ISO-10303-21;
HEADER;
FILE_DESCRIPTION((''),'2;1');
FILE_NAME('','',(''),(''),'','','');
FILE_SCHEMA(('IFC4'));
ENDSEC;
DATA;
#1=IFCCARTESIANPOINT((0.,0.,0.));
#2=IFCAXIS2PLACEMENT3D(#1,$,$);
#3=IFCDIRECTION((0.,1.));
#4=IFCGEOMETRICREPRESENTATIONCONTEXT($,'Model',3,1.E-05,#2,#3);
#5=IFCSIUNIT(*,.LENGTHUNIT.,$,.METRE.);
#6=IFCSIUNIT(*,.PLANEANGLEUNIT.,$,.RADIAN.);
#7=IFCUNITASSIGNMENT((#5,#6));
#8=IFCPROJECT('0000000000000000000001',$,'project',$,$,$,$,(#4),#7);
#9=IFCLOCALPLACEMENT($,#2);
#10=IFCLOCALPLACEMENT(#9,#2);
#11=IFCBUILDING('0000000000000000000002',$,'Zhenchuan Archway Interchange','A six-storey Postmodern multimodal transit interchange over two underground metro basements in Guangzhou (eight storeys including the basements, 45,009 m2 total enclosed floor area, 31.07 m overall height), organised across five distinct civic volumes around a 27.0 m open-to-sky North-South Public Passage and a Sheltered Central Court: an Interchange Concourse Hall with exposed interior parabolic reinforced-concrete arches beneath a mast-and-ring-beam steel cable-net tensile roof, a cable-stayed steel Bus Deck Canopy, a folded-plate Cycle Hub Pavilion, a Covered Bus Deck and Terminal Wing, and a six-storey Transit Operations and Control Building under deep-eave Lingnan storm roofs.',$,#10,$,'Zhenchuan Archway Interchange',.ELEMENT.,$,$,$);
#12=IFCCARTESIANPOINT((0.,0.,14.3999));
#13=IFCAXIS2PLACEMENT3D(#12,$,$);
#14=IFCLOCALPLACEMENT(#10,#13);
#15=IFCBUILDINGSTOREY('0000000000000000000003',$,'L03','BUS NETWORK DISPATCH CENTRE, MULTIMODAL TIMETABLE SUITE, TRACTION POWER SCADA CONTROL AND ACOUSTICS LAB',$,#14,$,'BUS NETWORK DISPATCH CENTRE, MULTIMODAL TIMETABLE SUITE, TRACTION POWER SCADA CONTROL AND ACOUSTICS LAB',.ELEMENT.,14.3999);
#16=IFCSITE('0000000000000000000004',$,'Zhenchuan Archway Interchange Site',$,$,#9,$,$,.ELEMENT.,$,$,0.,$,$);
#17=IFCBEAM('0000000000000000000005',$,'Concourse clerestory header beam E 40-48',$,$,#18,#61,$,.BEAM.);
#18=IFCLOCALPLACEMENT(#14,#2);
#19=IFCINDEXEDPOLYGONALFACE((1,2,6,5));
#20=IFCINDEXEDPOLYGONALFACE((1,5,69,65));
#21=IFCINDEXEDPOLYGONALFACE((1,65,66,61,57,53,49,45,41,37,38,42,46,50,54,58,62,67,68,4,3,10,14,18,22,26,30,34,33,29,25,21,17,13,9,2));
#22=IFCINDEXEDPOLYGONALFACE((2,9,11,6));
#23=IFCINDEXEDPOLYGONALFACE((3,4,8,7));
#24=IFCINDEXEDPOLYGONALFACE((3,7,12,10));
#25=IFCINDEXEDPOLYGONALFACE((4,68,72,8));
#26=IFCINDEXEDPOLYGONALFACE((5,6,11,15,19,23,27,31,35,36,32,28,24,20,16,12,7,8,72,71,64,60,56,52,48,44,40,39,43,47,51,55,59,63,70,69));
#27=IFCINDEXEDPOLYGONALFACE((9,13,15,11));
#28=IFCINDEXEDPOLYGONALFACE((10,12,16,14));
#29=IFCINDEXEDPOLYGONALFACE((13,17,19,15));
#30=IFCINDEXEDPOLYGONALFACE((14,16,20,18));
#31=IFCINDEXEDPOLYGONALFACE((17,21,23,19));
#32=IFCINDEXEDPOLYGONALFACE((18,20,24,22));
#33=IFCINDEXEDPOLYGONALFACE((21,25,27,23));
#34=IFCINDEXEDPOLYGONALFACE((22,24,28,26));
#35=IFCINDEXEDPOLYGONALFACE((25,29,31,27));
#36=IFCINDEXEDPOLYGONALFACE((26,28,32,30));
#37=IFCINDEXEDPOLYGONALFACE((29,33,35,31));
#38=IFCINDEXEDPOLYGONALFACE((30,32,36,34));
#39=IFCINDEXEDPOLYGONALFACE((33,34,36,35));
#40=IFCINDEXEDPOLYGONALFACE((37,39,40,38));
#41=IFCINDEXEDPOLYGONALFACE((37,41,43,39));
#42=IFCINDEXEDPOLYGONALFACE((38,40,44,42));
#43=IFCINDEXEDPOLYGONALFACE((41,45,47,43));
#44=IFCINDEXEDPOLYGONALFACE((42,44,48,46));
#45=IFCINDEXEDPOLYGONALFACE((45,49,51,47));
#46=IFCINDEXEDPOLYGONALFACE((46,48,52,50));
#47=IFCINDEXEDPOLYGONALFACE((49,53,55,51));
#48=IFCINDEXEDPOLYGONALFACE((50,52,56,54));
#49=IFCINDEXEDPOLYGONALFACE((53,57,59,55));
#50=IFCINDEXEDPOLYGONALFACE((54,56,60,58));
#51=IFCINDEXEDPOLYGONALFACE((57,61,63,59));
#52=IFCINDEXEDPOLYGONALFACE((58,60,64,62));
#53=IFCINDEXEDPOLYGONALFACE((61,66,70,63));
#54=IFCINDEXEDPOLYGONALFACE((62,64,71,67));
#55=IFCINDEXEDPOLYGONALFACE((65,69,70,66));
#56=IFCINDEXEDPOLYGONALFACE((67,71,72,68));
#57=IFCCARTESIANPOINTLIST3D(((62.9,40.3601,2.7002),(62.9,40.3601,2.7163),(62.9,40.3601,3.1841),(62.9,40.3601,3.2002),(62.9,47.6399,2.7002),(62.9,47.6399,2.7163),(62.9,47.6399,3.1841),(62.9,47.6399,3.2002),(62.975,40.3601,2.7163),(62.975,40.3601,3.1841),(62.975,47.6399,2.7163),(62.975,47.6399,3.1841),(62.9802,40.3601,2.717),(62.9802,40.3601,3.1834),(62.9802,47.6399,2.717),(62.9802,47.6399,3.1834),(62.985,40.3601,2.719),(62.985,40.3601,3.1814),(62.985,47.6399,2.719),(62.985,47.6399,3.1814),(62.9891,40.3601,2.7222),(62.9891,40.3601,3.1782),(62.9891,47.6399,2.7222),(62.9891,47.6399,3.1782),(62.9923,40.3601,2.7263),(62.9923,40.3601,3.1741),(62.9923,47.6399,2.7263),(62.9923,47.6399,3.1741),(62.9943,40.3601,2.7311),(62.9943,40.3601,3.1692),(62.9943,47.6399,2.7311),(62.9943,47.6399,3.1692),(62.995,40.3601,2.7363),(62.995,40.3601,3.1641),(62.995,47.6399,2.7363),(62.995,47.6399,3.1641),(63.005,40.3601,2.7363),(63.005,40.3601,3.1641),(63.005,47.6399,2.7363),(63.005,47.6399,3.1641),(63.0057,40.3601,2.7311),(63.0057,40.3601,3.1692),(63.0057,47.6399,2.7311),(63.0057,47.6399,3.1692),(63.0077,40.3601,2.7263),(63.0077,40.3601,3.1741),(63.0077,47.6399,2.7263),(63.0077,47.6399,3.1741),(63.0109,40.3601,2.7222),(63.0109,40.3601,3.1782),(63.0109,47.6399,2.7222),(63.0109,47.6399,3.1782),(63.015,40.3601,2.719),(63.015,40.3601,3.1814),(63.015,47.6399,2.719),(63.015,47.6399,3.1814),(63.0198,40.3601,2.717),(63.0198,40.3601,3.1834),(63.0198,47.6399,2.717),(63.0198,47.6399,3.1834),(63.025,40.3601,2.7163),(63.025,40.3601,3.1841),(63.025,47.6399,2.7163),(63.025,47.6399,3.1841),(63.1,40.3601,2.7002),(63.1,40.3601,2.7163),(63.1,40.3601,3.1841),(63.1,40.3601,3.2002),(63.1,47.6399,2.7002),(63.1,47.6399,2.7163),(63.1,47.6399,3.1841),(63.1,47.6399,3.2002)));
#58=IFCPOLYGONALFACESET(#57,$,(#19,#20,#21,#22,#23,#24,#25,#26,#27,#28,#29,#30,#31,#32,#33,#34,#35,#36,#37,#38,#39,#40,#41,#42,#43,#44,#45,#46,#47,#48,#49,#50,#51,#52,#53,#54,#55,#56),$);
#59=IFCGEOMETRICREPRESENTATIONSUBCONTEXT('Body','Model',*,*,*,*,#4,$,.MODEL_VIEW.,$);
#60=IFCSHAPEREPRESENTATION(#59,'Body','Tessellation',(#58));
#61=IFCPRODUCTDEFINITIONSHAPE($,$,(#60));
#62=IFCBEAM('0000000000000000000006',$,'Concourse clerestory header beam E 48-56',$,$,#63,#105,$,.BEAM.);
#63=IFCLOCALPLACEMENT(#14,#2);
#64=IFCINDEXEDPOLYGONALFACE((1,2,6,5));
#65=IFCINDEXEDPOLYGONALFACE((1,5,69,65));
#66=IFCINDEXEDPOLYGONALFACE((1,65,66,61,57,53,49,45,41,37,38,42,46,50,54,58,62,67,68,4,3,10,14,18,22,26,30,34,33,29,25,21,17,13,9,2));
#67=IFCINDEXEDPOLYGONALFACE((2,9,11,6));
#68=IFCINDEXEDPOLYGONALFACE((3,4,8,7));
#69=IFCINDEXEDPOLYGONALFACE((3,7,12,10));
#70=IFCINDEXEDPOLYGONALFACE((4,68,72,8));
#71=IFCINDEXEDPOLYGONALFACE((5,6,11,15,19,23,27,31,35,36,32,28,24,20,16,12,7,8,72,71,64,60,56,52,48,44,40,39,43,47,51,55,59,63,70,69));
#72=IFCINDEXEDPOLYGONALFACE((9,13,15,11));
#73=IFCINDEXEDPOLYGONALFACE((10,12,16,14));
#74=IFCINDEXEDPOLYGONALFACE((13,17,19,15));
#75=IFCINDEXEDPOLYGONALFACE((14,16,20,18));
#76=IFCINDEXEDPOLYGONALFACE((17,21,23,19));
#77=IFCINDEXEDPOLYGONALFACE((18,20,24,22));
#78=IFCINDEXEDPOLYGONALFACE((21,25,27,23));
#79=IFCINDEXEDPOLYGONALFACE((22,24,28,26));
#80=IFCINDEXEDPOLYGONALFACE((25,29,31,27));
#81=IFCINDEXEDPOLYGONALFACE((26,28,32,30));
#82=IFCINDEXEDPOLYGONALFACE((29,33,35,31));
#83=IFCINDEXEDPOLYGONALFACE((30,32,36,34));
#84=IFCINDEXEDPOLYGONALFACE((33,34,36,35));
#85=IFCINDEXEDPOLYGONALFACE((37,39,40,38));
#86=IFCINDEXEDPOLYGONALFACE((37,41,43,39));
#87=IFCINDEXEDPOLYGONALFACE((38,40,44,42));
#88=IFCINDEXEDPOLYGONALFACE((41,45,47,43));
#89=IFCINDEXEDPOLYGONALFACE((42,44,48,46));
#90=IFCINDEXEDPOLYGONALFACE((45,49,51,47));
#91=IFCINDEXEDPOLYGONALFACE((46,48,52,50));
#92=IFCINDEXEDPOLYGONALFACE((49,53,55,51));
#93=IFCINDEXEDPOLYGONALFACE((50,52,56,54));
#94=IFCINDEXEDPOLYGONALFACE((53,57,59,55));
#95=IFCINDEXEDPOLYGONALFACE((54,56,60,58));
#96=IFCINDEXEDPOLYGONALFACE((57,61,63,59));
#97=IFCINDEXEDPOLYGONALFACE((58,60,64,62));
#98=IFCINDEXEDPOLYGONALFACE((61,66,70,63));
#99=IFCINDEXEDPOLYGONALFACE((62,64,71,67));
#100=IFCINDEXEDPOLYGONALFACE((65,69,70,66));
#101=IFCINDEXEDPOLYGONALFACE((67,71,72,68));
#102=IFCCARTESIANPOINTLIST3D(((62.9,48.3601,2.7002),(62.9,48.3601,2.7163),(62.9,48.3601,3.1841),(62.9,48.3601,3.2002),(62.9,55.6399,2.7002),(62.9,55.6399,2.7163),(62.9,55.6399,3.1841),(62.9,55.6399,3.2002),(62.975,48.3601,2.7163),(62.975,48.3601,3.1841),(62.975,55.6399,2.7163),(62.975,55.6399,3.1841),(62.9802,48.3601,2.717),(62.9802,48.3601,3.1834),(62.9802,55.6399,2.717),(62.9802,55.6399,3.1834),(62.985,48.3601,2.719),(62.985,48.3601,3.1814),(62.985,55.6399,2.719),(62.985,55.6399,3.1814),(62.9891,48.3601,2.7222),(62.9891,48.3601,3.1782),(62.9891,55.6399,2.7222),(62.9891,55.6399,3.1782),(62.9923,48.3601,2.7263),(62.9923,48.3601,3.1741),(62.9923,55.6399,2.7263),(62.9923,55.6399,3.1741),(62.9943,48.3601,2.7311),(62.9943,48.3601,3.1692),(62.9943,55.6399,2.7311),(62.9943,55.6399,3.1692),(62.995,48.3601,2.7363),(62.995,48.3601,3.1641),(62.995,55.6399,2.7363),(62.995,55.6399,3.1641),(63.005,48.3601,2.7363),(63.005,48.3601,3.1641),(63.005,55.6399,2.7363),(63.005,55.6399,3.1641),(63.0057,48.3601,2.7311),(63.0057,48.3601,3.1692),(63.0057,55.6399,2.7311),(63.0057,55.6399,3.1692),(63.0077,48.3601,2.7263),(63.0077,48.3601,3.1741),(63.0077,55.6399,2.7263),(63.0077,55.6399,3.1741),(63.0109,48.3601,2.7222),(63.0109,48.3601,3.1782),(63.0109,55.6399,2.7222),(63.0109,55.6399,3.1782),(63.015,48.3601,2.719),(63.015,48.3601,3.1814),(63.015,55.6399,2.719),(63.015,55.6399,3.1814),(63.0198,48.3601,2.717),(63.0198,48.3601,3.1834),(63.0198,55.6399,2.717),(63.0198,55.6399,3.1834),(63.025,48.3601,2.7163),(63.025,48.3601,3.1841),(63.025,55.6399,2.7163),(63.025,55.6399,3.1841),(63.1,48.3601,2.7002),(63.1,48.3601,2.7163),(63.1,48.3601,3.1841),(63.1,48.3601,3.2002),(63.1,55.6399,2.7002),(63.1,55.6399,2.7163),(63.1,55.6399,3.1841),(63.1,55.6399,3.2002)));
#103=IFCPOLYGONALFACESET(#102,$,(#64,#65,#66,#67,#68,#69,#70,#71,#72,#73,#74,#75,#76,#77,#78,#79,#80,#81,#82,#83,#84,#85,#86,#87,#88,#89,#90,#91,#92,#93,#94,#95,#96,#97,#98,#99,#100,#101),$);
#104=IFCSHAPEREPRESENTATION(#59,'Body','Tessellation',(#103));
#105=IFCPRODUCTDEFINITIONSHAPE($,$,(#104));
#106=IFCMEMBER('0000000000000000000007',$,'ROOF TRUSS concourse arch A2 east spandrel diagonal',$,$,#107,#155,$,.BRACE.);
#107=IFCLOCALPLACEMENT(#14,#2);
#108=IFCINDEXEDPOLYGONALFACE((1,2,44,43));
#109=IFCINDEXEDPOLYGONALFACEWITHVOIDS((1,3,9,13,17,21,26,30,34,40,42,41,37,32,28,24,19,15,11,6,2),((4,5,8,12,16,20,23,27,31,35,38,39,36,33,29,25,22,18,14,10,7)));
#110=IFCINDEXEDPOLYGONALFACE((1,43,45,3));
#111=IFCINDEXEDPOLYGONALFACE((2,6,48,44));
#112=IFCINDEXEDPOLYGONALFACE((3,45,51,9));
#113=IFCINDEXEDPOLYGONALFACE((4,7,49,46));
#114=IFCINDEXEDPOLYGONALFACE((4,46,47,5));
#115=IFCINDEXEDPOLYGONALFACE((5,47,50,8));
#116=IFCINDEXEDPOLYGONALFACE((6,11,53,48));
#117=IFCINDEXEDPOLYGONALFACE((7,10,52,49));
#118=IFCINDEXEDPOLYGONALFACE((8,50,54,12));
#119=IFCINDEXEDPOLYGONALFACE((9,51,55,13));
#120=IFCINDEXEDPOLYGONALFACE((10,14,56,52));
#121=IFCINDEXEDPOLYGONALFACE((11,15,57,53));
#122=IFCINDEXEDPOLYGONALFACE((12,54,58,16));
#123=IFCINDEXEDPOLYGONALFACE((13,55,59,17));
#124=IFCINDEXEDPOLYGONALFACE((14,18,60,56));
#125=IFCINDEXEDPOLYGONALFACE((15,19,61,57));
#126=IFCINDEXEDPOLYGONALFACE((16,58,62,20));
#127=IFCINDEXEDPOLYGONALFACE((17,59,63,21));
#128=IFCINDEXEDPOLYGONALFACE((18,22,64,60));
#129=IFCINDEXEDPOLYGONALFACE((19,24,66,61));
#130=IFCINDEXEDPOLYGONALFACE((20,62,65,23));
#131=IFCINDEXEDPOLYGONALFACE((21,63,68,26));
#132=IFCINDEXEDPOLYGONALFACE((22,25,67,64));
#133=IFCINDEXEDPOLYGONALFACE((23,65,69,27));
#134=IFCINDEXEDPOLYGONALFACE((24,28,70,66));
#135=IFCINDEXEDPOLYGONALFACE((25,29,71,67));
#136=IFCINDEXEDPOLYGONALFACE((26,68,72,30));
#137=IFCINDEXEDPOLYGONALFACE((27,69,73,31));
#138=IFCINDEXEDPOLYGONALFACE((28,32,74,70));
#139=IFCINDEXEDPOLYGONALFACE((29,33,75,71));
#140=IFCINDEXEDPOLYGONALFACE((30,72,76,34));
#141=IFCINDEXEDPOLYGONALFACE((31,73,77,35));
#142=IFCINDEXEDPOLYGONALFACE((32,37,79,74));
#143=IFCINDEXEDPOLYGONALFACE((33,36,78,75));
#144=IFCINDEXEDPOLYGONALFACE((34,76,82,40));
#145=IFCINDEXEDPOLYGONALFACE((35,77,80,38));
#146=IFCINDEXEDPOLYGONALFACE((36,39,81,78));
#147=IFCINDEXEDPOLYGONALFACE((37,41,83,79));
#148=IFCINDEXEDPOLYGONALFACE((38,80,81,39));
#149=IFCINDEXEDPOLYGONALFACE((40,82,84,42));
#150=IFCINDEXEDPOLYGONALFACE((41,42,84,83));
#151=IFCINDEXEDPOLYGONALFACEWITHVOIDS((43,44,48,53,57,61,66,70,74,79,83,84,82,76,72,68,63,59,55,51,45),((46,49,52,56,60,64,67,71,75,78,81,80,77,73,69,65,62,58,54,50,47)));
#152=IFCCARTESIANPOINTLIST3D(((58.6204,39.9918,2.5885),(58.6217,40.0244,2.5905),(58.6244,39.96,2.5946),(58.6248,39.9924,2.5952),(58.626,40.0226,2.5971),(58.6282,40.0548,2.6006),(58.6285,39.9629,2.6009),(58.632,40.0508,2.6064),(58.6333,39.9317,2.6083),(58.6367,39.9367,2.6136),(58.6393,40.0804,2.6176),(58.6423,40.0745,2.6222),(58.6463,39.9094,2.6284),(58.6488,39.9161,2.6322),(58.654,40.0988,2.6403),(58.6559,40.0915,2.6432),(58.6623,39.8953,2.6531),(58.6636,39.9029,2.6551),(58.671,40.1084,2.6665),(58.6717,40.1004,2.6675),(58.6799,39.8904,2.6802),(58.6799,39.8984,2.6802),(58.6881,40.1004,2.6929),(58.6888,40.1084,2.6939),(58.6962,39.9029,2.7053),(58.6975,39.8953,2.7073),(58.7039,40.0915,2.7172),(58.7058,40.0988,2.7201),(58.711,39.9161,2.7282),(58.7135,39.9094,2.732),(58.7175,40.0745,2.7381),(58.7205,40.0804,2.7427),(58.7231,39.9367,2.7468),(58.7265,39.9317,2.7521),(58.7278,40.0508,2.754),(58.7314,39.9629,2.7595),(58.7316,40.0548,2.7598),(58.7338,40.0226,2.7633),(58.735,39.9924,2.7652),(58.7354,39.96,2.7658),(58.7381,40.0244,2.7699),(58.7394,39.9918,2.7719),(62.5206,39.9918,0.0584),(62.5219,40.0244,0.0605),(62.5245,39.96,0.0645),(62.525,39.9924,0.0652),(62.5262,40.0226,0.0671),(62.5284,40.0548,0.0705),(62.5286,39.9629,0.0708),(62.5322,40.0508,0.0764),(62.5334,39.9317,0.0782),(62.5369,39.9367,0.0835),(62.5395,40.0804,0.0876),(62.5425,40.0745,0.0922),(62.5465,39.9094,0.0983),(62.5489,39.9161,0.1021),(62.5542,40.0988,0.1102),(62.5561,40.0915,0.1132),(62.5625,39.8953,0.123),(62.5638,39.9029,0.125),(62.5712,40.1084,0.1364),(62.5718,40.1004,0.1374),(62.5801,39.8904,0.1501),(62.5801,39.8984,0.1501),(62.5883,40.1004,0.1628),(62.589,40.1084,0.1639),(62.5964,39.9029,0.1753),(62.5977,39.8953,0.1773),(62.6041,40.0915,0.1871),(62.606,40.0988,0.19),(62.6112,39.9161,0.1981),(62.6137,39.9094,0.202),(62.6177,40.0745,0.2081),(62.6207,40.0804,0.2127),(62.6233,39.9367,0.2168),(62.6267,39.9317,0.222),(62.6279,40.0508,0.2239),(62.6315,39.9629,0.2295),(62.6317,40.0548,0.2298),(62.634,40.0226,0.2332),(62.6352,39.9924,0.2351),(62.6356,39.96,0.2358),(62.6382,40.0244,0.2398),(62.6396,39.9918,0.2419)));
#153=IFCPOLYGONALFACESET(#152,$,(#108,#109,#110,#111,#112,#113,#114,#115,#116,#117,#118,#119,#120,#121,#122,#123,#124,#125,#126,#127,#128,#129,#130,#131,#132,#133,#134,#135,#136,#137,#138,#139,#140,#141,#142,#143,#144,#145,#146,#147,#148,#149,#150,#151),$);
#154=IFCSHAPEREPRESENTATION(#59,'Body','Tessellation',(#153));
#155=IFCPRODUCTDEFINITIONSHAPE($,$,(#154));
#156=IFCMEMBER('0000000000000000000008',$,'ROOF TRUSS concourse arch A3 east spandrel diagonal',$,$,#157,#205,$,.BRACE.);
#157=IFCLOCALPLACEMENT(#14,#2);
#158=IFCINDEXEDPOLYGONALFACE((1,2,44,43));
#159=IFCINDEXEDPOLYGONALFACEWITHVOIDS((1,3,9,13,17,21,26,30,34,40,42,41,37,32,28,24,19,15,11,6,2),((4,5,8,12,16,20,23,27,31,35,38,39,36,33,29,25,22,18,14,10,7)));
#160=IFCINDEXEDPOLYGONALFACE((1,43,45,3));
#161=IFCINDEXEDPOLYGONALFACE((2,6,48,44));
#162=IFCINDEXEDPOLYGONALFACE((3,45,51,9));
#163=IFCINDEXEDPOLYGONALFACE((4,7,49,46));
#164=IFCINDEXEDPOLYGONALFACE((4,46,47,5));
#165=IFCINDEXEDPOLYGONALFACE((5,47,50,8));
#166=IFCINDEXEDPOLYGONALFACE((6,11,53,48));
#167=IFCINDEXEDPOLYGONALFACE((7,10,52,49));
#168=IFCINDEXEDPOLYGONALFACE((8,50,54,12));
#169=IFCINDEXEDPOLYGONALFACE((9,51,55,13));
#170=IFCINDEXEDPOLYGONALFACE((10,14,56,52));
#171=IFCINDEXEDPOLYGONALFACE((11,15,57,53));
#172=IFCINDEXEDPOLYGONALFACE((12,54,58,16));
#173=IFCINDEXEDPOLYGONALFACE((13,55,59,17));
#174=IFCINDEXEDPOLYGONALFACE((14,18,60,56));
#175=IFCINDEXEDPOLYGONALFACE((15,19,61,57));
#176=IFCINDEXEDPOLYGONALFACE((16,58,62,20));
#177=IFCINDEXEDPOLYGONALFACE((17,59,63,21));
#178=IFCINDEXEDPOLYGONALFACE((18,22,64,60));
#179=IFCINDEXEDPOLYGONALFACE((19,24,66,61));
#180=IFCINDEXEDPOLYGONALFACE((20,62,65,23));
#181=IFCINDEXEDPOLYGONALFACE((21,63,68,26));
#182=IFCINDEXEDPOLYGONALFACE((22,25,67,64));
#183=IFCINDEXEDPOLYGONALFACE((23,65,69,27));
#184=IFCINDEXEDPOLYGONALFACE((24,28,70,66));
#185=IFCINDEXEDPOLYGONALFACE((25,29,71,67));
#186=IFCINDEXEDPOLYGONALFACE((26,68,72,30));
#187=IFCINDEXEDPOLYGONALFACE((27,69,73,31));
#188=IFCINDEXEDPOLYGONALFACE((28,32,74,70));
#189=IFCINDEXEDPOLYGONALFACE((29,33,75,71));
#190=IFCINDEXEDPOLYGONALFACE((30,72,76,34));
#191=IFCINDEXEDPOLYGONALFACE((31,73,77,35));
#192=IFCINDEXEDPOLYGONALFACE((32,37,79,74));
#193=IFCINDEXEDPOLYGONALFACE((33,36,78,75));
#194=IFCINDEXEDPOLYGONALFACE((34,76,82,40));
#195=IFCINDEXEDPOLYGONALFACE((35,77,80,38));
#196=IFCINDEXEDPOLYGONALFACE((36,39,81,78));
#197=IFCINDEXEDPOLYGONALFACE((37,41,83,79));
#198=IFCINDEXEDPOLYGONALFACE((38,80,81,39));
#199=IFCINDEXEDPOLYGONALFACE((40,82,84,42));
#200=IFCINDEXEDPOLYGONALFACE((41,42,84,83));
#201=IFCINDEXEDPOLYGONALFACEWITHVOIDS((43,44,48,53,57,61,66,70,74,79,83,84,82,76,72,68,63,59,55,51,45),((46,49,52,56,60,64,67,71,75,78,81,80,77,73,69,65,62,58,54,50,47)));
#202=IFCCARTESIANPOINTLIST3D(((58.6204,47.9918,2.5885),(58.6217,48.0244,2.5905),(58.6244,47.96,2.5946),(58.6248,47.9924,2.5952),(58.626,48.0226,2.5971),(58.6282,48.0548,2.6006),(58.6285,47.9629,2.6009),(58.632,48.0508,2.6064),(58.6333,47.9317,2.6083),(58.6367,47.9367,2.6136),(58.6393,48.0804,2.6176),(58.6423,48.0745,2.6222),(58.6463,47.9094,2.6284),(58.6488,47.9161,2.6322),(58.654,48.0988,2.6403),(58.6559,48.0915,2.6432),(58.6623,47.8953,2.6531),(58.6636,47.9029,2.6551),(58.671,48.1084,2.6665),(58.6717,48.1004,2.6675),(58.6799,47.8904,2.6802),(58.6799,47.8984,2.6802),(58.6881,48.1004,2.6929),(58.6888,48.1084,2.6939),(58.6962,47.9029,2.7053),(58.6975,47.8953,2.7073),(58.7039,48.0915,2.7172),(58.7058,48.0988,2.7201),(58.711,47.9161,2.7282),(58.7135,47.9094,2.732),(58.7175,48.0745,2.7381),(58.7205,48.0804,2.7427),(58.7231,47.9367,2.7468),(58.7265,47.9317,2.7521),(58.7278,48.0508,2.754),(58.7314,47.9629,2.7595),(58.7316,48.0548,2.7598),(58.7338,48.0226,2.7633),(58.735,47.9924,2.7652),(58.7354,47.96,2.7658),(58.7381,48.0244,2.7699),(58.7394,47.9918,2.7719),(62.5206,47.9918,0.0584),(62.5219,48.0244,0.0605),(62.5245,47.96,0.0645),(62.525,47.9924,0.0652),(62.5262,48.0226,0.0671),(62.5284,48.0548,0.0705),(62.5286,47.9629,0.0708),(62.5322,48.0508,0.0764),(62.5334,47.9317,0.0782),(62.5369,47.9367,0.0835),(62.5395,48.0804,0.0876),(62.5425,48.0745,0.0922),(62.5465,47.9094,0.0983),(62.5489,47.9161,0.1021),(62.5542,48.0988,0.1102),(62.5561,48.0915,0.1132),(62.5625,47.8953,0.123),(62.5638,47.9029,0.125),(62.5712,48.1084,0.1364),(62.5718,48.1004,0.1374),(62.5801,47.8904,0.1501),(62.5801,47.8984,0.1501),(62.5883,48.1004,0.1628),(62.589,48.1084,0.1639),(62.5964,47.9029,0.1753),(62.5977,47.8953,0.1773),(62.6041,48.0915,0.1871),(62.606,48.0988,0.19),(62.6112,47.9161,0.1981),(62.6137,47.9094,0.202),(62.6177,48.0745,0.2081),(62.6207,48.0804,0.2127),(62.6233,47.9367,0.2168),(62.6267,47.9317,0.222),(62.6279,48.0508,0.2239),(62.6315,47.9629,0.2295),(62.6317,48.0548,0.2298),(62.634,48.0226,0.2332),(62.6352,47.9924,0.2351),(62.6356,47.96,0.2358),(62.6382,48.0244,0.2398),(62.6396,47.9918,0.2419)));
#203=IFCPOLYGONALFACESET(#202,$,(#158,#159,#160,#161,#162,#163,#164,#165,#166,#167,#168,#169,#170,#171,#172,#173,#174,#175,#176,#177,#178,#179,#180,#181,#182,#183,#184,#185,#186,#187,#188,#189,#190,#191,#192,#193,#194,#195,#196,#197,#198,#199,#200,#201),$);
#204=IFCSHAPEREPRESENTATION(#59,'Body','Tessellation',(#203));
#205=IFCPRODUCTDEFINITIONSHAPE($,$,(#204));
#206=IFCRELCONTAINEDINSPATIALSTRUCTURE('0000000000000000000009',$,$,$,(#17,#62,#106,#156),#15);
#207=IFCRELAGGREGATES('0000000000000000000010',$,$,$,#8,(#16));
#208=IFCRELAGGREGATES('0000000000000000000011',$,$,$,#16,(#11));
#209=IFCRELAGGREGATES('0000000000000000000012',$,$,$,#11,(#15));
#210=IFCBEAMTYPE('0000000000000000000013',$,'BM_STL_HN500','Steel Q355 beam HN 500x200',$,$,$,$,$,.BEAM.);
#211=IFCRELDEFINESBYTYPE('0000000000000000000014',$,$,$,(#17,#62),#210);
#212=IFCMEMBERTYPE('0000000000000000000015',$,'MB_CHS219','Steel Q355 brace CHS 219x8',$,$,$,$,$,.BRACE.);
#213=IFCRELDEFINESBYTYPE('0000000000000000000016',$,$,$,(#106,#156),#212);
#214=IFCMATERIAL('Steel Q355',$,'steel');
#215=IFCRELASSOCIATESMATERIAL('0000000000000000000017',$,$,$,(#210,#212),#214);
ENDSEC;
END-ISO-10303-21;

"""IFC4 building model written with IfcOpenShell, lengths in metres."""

from ifc_helpers import new_model, si_unit, direction, frame, origin, origin_2d, place, context, subcontext, project, spatial, hollow_circle, i_section, extrude, material, material_profile, profile_set, type_object, element, save


model = new_model("IFC4")

# Units and contexts
model_context = context("Model", 3, precision=1e-05, world=origin(), true_north=direction((0.0, 1.0)))
body_context = subcontext(model_context, "Body", "Model", "MODEL_VIEW")
ifc_project = project(units=[si_unit("LENGTHUNIT", "METRE"), si_unit("PLANEANGLEUNIT", "RADIAN")], contexts=[model_context])

# Site, building, storey
site_placement = place(None, origin())
site = spatial("IfcSite", under=ifc_project, at=site_placement, Name="Zhenchuan Archway Interchange Site", CompositionType="ELEMENT", RefElevation=0.0)
building_placement = place(site_placement, origin())
building = spatial("IfcBuilding", under=site, at=building_placement, Name="Zhenchuan Archway Interchange", Description="A six-storey Postmodern multimodal transit interchange over two underground metro basements in Guangzhou (eight storeys including the basements, 45,009 m2 total enclosed floor area, 31.07 m overall height), organised across five distinct civic volumes around a 27.0 m open-to-sky North-South Public Passage and a Sheltered Central Court: an Interchange Concourse Hall with exposed interior parabolic reinforced-concrete arches beneath a mast-and-ring-beam steel cable-net tensile roof, a cable-stayed steel Bus Deck Canopy, a folded-plate Cycle Hub Pavilion, a Covered Bus Deck and Terminal Wing, and a six-storey Transit Operations and Control Building under deep-eave Lingnan storm roofs.", LongName="Zhenchuan Archway Interchange", CompositionType="ELEMENT")
storey_placement = place(building_placement, frame((0.0, 0.0, 14.3999)))
storey = spatial("IfcBuildingStorey", under=building, at=storey_placement, Name="L03", Description="BUS NETWORK DISPATCH CENTRE, MULTIMODAL TIMETABLE SUITE, TRACTION POWER SCADA CONTROL AND ACOUSTICS LAB", LongName="BUS NETWORK DISPATCH CENTRE, MULTIMODAL TIMETABLE SUITE, TRACTION POWER SCADA CONTROL AND ACOUSTICS LAB", CompositionType="ELEMENT", Elevation=14.3999)

# Beams
ifc_material_1 = material(Name="Steel Q355", Category="steel")
ifc_material_profile_1 = material_profile(ifc_material_1, i_section(OverallWidth=0.2, OverallDepth=0.5, WebThickness=0.01, FlangeThickness=0.0161, FilletRadius=0.02, at=origin_2d()), Name="HN 500x200")
ifc_profile_set_1 = profile_set([ifc_material_profile_1], Name="Steel Q355")
beam_type_1 = type_object("IfcBeamType", Name="BM_STL_HN500", Description="Steel Q355 beam HN 500x200", PredefinedType="BEAM", material=ifc_profile_set_1)
for number, where, z_axis, x_axis, name in (
    (1, (63.0, 40.3601, 2.9502), (0.0, 1.0, 0.0), (-1.0, 0.0, 0.0), "Concourse clerestory header beam E 40-48"),
    (2, (63.0, 48.3601, 2.9502), (0.0, 1.0, 0.0), (-1.0, 0.0, 0.0), "Concourse clerestory header beam E 48-56"),
):
    element("IfcBeam", number, at=place(storey_placement, frame(where, z_axis=z_axis, x_axis=x_axis)), inside=storey, type_object=beam_type_1, Name=name, PredefinedType="BEAM", context=body_context, shape_type="SweptSolid", body=[
        extrude(i_section(OverallWidth=0.2, OverallDepth=0.5, WebThickness=0.01, FlangeThickness=0.0161, FilletRadius=0.02, at=origin_2d()), origin(), (0.0, 0.0, 1.0), 7.2798),
    ])

# Members
ifc_material_profile_2 = material_profile(ifc_material_1, hollow_circle(Radius=0.1096, WallThickness=0.0081, at=origin_2d()), Name="CHS 219x8")
ifc_profile_set_2 = profile_set([ifc_material_profile_2], Name="Steel Q355")
member_type_1 = type_object("IfcMemberType", Name="MB_CHS219", Description="Steel Q355 brace CHS 219x8", PredefinedType="BRACE", material=ifc_profile_set_2)
for number, where, z_axis, x_axis, name in (
    (3, (62.5801, 40.0, 0.1501), (-0.838941, 0.0, 0.544222), (0.0, -1.0, 0.0), "ROOF TRUSS concourse arch A2 east spandrel diagonal"),
    (4, (62.5801, 48.0, 0.1501), (-0.838941, 0.0, 0.544222), (0.0, -1.0, 0.0), "ROOF TRUSS concourse arch A3 east spandrel diagonal"),
):
    element("IfcMember", number, at=place(storey_placement, frame(where, z_axis=z_axis, x_axis=x_axis)), inside=storey, type_object=member_type_1, Name=name, PredefinedType="BRACE", context=body_context, shape_type="SweptSolid", body=[
        extrude(hollow_circle(Radius=0.1096, WallThickness=0.0081, at=origin_2d()), origin(), (0.0, 0.0, 1.0), 4.6489),
    ])

save(model, "model.ifc")
